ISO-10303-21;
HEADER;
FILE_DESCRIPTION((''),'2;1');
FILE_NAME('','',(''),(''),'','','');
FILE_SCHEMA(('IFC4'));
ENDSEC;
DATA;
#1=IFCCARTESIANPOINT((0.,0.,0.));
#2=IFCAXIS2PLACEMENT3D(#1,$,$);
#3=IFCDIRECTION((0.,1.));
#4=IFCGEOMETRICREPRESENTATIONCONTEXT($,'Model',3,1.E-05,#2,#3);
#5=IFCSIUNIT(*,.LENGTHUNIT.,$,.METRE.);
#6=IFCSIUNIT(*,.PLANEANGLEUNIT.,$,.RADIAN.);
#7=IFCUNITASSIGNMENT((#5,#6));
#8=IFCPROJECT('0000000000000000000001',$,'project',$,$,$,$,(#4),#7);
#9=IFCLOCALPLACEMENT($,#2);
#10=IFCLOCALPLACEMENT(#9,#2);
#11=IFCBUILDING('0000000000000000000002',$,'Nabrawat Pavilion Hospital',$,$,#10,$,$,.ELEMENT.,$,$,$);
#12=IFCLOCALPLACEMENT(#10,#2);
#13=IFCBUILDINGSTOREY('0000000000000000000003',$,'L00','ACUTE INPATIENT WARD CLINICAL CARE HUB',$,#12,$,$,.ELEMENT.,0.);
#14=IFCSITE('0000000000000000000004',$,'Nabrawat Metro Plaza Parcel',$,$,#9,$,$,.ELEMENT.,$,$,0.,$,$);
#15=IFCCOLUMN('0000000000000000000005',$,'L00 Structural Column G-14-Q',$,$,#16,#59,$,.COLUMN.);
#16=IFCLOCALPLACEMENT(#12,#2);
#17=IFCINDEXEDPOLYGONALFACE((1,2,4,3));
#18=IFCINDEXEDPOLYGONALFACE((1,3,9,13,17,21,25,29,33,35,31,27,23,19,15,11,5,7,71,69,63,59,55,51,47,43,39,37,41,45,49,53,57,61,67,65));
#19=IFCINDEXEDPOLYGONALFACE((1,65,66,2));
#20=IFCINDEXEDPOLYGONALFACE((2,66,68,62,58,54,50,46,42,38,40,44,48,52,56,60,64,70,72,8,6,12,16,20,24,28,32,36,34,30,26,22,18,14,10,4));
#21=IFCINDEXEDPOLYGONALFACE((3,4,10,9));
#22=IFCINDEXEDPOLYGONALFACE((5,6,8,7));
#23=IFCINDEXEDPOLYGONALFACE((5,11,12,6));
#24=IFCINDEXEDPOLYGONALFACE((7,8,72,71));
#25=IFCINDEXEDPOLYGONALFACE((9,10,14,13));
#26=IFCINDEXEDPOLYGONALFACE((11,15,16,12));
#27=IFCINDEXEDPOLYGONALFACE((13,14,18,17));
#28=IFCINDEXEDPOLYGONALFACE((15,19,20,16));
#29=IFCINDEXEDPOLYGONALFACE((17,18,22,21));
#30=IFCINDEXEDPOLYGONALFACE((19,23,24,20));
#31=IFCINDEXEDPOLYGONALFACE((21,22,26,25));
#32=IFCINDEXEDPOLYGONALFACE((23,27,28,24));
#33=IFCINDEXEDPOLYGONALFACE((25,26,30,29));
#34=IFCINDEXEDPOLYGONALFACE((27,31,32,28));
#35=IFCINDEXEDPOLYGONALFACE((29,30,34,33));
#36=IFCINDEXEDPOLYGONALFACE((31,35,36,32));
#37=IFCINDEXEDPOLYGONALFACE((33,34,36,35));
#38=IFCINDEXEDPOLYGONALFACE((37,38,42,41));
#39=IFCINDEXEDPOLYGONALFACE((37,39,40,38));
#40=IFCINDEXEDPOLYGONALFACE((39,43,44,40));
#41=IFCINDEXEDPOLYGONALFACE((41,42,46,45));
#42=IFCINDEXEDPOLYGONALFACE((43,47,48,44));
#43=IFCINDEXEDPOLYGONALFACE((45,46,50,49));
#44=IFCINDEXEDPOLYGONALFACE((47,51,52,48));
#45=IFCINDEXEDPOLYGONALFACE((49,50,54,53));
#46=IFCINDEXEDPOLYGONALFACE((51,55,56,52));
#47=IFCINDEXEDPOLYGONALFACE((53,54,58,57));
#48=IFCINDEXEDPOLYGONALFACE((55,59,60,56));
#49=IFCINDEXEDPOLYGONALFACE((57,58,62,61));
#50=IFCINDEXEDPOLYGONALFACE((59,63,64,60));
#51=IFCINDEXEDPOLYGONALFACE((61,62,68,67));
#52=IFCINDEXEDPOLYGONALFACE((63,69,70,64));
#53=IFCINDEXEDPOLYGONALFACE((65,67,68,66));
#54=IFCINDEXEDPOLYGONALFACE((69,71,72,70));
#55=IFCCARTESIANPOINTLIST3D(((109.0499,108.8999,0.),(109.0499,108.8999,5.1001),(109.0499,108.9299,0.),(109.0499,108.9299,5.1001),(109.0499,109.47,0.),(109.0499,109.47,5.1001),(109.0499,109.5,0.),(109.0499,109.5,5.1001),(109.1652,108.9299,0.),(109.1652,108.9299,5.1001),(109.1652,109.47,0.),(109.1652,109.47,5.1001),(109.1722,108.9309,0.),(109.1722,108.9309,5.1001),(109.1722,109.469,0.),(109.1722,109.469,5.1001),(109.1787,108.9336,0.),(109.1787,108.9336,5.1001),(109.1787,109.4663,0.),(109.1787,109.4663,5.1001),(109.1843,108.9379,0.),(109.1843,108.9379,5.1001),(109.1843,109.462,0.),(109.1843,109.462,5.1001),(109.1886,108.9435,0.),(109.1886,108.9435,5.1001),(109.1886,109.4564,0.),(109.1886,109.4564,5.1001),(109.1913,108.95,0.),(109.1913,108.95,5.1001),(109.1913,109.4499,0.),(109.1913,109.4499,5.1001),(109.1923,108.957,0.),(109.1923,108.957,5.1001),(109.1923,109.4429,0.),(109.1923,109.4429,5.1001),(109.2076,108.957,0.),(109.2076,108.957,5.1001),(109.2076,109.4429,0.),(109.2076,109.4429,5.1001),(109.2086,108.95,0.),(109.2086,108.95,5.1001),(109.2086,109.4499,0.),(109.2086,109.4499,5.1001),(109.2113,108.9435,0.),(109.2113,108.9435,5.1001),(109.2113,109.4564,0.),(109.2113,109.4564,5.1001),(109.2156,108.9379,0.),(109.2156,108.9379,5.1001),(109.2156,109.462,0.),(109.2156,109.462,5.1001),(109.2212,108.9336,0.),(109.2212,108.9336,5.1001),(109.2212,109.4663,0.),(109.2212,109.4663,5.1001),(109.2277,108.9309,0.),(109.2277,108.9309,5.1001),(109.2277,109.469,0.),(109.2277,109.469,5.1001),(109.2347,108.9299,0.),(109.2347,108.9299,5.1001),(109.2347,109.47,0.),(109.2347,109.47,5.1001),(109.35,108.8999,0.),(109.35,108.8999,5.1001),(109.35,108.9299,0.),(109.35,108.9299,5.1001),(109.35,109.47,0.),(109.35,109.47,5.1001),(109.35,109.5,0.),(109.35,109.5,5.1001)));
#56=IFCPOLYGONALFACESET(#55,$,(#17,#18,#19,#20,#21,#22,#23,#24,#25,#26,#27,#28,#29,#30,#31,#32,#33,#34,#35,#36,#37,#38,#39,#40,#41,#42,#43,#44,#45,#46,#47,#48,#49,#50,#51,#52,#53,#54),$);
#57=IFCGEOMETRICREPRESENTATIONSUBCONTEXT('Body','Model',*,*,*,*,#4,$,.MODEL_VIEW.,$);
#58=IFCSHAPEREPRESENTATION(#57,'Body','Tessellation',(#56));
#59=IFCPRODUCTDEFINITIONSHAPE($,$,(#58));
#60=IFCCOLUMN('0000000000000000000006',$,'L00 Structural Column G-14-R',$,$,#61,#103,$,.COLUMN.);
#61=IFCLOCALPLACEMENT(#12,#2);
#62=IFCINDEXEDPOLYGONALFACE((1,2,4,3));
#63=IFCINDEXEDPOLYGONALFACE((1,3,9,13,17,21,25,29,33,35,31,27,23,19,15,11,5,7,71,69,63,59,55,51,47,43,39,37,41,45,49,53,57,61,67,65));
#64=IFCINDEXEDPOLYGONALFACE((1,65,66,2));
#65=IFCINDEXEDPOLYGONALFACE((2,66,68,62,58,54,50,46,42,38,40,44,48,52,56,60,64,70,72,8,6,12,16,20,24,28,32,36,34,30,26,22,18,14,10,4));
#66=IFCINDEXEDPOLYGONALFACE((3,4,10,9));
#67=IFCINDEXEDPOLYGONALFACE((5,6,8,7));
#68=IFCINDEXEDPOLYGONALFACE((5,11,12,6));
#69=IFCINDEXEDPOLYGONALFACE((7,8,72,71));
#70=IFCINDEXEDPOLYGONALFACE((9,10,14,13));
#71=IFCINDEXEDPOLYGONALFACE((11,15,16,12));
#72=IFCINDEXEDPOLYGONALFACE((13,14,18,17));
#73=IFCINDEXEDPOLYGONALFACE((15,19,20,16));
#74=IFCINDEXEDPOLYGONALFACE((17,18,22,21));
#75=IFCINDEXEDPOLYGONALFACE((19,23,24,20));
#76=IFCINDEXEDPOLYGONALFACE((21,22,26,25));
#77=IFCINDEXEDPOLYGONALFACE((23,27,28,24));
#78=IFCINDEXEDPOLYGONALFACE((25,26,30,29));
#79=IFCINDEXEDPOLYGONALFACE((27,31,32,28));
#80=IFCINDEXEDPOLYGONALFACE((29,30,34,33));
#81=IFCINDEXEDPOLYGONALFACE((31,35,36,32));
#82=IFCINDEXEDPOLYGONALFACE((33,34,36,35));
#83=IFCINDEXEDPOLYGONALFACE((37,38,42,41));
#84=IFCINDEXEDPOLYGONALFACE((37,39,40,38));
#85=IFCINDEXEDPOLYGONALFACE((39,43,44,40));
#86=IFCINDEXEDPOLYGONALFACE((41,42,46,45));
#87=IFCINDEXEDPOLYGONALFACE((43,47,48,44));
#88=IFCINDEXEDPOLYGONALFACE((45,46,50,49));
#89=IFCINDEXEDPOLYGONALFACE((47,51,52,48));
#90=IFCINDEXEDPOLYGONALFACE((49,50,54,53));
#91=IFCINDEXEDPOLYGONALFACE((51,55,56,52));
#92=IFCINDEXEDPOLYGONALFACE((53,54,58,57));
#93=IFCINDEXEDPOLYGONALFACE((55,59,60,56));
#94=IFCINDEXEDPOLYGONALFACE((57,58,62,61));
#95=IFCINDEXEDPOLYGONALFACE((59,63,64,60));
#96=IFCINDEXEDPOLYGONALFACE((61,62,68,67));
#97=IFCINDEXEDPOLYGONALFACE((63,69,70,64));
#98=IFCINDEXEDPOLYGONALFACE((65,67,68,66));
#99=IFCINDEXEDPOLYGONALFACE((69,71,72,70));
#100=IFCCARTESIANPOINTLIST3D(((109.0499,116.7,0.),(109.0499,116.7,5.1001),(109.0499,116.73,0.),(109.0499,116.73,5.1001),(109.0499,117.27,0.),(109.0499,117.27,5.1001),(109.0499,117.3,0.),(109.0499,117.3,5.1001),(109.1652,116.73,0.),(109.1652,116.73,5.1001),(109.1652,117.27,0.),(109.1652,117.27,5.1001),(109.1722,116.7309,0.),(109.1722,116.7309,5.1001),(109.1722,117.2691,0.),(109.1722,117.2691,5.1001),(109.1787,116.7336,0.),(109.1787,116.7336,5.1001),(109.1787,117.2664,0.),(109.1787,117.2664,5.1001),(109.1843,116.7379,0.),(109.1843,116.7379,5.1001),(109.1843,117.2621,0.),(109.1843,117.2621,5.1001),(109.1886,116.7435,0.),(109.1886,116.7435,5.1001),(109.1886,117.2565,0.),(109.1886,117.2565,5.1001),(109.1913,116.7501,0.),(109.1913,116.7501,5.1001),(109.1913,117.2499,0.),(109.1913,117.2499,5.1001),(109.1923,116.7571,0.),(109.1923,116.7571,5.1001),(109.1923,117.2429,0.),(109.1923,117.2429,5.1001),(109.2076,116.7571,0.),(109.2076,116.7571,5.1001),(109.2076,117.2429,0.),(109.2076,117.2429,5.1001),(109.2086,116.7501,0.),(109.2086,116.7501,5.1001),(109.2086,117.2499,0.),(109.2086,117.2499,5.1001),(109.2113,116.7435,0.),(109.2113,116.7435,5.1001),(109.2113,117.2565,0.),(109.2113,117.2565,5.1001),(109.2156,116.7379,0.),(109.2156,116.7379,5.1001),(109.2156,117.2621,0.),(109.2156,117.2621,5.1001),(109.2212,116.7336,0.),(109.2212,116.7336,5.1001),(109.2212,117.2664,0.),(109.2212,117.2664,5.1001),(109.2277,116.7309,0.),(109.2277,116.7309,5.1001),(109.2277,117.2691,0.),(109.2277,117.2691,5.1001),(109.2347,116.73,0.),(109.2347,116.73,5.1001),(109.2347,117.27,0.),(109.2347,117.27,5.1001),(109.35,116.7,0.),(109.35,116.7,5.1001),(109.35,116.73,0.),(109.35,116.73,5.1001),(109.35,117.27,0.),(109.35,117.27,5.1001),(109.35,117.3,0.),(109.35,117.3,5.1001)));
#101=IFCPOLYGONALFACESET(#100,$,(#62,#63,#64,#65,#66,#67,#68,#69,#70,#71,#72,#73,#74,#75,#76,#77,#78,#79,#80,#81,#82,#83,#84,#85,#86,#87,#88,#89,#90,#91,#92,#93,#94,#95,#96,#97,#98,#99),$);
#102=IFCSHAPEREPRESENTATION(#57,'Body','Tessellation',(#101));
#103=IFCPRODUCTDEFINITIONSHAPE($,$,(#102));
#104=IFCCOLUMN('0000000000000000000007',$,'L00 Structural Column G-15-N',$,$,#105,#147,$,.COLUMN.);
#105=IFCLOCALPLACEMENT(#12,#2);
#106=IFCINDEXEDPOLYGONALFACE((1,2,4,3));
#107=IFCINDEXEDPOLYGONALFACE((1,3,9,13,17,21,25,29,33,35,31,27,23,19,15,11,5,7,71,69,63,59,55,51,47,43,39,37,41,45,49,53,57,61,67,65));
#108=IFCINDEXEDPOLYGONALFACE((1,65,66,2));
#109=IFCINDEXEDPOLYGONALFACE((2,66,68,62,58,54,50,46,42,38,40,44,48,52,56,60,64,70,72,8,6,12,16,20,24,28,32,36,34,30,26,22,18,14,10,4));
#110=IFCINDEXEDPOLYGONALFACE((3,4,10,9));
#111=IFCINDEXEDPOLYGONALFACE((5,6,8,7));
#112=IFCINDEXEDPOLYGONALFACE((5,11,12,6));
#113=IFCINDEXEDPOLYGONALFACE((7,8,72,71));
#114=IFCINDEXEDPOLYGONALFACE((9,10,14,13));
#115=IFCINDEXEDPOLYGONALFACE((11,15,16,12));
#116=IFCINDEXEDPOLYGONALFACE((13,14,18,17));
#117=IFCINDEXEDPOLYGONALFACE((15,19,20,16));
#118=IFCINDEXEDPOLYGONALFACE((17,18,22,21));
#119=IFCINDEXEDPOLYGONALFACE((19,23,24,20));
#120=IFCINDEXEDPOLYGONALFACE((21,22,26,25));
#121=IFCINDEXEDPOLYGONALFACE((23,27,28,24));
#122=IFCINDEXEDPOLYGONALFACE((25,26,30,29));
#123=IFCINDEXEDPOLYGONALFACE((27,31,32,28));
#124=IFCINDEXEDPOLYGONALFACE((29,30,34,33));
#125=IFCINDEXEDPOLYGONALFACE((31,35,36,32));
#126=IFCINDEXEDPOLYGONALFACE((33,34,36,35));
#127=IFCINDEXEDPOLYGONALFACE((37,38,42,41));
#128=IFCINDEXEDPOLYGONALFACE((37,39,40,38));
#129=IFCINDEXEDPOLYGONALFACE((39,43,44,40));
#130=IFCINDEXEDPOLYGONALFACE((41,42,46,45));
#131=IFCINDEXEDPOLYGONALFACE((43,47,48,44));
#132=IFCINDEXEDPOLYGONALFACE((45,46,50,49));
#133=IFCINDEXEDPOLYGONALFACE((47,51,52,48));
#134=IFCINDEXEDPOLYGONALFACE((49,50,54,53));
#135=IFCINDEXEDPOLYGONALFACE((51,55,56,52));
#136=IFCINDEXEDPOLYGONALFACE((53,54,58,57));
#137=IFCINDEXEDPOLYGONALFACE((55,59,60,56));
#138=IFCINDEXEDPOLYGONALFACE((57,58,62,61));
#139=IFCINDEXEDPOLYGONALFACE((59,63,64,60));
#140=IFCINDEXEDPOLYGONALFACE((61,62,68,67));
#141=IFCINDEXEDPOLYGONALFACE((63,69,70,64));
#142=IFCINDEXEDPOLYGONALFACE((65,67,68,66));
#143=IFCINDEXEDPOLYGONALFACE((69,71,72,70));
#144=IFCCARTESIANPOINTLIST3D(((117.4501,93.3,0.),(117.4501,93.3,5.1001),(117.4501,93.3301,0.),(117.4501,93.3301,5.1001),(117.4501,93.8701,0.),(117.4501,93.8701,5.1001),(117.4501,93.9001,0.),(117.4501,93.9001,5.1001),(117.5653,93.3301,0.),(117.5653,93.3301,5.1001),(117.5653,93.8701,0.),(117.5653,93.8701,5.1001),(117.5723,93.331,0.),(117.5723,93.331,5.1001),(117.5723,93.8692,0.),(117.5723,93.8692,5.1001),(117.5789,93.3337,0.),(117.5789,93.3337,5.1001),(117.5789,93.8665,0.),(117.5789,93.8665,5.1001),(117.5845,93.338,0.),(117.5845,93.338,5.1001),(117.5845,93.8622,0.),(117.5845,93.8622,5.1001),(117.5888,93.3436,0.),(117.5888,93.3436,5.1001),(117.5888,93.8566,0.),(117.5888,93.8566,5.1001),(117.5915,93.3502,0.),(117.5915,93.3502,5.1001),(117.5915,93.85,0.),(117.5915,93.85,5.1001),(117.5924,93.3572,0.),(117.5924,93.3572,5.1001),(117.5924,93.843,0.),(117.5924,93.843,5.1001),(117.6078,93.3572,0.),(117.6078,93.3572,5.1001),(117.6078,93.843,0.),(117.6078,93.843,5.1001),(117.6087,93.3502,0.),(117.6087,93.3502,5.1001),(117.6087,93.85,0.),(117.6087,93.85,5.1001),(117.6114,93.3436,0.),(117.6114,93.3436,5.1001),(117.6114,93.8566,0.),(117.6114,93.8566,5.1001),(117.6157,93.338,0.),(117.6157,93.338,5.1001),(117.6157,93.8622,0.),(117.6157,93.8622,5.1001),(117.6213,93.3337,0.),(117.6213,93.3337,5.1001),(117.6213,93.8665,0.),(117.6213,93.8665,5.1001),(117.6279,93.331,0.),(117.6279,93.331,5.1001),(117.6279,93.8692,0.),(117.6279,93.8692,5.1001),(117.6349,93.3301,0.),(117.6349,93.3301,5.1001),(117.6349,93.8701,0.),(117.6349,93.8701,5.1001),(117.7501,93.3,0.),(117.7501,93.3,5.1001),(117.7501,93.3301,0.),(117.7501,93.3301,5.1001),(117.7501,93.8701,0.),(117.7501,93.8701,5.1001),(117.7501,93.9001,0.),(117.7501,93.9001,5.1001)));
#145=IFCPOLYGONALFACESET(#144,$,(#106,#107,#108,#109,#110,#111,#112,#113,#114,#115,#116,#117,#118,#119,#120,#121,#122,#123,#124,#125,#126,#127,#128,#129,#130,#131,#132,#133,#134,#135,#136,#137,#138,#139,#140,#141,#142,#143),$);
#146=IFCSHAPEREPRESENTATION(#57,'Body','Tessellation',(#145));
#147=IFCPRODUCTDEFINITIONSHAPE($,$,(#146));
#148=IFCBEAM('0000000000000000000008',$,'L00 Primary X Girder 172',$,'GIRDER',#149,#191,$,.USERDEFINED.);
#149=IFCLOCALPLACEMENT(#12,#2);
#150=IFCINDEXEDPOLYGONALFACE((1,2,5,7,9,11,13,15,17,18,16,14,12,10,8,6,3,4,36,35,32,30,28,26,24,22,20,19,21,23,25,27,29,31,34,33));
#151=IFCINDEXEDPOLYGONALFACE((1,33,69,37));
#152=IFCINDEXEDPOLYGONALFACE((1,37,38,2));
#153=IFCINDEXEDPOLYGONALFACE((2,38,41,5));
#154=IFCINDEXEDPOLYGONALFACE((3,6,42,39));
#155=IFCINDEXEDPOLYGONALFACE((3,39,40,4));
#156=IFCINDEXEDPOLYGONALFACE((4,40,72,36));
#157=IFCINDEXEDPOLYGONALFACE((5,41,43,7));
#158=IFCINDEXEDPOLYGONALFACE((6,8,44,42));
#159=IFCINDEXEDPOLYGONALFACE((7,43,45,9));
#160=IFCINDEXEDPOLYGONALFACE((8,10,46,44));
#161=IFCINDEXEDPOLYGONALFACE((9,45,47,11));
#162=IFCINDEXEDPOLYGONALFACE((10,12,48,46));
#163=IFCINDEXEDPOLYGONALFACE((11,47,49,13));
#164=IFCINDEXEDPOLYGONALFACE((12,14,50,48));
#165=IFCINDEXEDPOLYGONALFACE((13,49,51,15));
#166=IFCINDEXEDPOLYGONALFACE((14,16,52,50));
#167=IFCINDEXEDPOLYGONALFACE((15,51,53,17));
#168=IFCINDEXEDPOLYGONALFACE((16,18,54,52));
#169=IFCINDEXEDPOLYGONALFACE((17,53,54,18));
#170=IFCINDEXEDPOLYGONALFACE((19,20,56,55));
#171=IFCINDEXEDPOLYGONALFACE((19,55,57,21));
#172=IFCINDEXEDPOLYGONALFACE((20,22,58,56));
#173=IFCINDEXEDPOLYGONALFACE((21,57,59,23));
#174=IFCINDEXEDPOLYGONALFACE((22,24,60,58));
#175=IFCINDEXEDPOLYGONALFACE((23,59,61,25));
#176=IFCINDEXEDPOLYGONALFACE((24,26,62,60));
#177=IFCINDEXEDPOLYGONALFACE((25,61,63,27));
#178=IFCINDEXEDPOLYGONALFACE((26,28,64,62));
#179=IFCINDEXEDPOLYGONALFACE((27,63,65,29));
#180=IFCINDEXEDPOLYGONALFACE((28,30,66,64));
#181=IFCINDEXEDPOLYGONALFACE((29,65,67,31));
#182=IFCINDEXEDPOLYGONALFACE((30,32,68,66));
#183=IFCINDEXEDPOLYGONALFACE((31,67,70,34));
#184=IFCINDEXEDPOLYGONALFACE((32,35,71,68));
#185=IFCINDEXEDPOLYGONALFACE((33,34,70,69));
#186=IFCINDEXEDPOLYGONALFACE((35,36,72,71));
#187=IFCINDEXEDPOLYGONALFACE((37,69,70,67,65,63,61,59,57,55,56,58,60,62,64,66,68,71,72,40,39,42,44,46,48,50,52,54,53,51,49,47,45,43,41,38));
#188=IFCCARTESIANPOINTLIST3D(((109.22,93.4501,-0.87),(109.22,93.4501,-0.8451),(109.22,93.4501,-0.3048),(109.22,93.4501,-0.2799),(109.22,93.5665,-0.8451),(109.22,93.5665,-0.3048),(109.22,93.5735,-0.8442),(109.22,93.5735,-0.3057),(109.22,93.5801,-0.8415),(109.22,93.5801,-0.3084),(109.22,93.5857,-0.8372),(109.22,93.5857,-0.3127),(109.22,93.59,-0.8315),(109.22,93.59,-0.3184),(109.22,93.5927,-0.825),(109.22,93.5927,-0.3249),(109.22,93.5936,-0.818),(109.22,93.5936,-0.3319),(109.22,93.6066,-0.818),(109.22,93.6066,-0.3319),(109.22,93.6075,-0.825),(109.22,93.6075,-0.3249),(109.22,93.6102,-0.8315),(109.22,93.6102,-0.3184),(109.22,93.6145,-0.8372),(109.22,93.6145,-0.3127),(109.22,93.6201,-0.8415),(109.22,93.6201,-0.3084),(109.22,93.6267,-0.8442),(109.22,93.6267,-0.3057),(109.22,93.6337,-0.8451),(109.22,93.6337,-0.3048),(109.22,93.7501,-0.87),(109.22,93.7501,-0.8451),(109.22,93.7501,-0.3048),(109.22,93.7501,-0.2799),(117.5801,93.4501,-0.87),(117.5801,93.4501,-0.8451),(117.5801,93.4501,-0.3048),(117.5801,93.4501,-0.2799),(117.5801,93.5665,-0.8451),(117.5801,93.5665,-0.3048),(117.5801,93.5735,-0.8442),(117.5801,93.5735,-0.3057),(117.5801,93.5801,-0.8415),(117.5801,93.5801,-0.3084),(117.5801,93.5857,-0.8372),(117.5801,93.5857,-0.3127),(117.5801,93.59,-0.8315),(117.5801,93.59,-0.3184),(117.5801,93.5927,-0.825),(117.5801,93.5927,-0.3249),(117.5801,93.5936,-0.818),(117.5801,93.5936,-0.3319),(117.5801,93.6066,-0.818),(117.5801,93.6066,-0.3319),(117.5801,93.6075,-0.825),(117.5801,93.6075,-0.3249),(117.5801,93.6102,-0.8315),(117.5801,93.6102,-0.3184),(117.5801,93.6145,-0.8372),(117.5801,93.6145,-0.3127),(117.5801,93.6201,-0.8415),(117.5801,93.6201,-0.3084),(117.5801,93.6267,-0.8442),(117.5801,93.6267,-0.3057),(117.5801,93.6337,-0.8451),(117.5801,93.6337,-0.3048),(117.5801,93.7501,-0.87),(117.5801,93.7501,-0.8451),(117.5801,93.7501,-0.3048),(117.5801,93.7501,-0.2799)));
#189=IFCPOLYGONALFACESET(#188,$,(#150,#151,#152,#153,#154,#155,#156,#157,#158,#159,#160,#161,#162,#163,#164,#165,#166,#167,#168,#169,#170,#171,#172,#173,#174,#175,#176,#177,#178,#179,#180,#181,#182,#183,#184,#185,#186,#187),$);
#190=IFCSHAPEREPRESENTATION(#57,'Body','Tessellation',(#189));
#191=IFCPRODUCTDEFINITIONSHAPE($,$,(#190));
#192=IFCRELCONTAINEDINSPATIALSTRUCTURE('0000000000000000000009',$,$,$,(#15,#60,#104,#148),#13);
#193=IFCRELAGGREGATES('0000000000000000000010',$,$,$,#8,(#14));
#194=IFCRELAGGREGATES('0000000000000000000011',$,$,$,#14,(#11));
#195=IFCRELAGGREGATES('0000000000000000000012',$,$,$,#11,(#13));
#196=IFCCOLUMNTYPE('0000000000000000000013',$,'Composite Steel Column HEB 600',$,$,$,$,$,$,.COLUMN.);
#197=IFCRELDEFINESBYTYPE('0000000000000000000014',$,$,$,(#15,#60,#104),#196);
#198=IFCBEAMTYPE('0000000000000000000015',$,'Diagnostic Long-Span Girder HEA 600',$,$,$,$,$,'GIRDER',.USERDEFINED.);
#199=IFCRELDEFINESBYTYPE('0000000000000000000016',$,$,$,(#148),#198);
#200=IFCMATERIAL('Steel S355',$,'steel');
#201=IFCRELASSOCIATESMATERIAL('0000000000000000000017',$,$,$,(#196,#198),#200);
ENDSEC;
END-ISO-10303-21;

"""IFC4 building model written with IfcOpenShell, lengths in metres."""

from ifc_helpers import new_model, si_unit, direction, frame, origin, origin_2d, place, context, subcontext, project, spatial, i_section, extrude, material, material_profile, profile_set, type_object, element, save


model = new_model("IFC4")

# Units and contexts
model_context = context("Model", 3, precision=1e-05, world=origin(), true_north=direction((0.0, 1.0)))
body_context = subcontext(model_context, "Body", "Model", "MODEL_VIEW")
ifc_project = project(units=[si_unit("LENGTHUNIT", "METRE"), si_unit("PLANEANGLEUNIT", "RADIAN")], contexts=[model_context])

# Site, building, storey
site_placement = place(None, origin())
site = spatial("IfcSite", under=ifc_project, at=site_placement, Name="Nabrawat Metro Plaza Parcel", CompositionType="ELEMENT", RefElevation=0.0)
building_placement = place(site_placement, origin())
building = spatial("IfcBuilding", under=site, at=building_placement, Name="Nabrawat Pavilion Hospital", CompositionType="ELEMENT")
storey_placement = place(building_placement, origin())
storey = spatial("IfcBuildingStorey", under=building, at=storey_placement, Name="L00", Description="ACUTE INPATIENT WARD CLINICAL CARE HUB", CompositionType="ELEMENT", Elevation=0.0)

# Columns
ifc_material_1 = material(Name="Steel S355", Category="steel")
ifc_material_profile_1 = material_profile(ifc_material_1, i_section(OverallWidth=0.3, OverallDepth=0.6001, WebThickness=0.0154, FlangeThickness=0.03, FilletRadius=0.0271, at=origin_2d()), Name="HEB 600")
ifc_profile_set_1 = profile_set([ifc_material_profile_1], Name="Steel S355")
column_type = type_object("IfcColumnType", Name="Composite Steel Column HEB 600", PredefinedType="COLUMN", material=ifc_profile_set_1)
for number, where, z_axis, x_axis, name in (
    (1, (109.2, 109.2, 0.0), (0.0, 0.0, 1.0), (1.0, 0.0, 0.0), "L00 Structural Column G-14-Q"),
    (2, (109.2, 117.0, 0.0), (0.0, 0.0, 1.0), (1.0, 0.0, 0.0), "L00 Structural Column G-14-R"),
    (3, (117.6001, 93.6001, 0.0), (0.0, 0.0, 1.0), (1.0, 0.0, 0.0), "L00 Structural Column G-15-N"),
):
    element("IfcColumn", number, at=place(storey_placement, frame(where, z_axis=z_axis, x_axis=x_axis)), inside=storey, type_object=column_type, Name=name, PredefinedType="COLUMN", context=body_context, shape_type="SweptSolid", body=[
        extrude(i_section(OverallWidth=0.3, OverallDepth=0.6001, WebThickness=0.0154, FlangeThickness=0.03, FilletRadius=0.0271, at=origin_2d()), origin(), (0.0, 0.0, 1.0), 5.1001),
    ])

# Beam
ifc_material_profile_2 = material_profile(ifc_material_1, i_section(OverallWidth=0.3, OverallDepth=0.5901, WebThickness=0.0129, FlangeThickness=0.0249, FilletRadius=0.0271, at=origin_2d()), Name="HEA 600")
ifc_profile_set_2 = profile_set([ifc_material_profile_2], Name="Steel S355")
beam_type_1 = type_object("IfcBeamType", Name="Diagnostic Long-Span Girder HEA 600", ElementType="GIRDER", PredefinedType="USERDEFINED", material=ifc_profile_set_2)
beam_1_placement = place(storey_placement, frame((109.22, 93.6001, -0.575), z_axis=(1.0, 0.0, 0.0), x_axis=(0.0, 1.0, 0.0)))
element("IfcBeam", 4, at=beam_1_placement, inside=storey, type_object=beam_type_1, Name="L00 Primary X Girder 172", ObjectType="GIRDER", PredefinedType="USERDEFINED", context=body_context, shape_type="SweptSolid", body=[
    extrude(i_section(OverallWidth=0.3, OverallDepth=0.5901, WebThickness=0.0129, FlangeThickness=0.0249, FilletRadius=0.0271, at=origin_2d()), origin(), (0.0, 0.0, 1.0), 8.3601),
])

save(model, "model.ifc")
